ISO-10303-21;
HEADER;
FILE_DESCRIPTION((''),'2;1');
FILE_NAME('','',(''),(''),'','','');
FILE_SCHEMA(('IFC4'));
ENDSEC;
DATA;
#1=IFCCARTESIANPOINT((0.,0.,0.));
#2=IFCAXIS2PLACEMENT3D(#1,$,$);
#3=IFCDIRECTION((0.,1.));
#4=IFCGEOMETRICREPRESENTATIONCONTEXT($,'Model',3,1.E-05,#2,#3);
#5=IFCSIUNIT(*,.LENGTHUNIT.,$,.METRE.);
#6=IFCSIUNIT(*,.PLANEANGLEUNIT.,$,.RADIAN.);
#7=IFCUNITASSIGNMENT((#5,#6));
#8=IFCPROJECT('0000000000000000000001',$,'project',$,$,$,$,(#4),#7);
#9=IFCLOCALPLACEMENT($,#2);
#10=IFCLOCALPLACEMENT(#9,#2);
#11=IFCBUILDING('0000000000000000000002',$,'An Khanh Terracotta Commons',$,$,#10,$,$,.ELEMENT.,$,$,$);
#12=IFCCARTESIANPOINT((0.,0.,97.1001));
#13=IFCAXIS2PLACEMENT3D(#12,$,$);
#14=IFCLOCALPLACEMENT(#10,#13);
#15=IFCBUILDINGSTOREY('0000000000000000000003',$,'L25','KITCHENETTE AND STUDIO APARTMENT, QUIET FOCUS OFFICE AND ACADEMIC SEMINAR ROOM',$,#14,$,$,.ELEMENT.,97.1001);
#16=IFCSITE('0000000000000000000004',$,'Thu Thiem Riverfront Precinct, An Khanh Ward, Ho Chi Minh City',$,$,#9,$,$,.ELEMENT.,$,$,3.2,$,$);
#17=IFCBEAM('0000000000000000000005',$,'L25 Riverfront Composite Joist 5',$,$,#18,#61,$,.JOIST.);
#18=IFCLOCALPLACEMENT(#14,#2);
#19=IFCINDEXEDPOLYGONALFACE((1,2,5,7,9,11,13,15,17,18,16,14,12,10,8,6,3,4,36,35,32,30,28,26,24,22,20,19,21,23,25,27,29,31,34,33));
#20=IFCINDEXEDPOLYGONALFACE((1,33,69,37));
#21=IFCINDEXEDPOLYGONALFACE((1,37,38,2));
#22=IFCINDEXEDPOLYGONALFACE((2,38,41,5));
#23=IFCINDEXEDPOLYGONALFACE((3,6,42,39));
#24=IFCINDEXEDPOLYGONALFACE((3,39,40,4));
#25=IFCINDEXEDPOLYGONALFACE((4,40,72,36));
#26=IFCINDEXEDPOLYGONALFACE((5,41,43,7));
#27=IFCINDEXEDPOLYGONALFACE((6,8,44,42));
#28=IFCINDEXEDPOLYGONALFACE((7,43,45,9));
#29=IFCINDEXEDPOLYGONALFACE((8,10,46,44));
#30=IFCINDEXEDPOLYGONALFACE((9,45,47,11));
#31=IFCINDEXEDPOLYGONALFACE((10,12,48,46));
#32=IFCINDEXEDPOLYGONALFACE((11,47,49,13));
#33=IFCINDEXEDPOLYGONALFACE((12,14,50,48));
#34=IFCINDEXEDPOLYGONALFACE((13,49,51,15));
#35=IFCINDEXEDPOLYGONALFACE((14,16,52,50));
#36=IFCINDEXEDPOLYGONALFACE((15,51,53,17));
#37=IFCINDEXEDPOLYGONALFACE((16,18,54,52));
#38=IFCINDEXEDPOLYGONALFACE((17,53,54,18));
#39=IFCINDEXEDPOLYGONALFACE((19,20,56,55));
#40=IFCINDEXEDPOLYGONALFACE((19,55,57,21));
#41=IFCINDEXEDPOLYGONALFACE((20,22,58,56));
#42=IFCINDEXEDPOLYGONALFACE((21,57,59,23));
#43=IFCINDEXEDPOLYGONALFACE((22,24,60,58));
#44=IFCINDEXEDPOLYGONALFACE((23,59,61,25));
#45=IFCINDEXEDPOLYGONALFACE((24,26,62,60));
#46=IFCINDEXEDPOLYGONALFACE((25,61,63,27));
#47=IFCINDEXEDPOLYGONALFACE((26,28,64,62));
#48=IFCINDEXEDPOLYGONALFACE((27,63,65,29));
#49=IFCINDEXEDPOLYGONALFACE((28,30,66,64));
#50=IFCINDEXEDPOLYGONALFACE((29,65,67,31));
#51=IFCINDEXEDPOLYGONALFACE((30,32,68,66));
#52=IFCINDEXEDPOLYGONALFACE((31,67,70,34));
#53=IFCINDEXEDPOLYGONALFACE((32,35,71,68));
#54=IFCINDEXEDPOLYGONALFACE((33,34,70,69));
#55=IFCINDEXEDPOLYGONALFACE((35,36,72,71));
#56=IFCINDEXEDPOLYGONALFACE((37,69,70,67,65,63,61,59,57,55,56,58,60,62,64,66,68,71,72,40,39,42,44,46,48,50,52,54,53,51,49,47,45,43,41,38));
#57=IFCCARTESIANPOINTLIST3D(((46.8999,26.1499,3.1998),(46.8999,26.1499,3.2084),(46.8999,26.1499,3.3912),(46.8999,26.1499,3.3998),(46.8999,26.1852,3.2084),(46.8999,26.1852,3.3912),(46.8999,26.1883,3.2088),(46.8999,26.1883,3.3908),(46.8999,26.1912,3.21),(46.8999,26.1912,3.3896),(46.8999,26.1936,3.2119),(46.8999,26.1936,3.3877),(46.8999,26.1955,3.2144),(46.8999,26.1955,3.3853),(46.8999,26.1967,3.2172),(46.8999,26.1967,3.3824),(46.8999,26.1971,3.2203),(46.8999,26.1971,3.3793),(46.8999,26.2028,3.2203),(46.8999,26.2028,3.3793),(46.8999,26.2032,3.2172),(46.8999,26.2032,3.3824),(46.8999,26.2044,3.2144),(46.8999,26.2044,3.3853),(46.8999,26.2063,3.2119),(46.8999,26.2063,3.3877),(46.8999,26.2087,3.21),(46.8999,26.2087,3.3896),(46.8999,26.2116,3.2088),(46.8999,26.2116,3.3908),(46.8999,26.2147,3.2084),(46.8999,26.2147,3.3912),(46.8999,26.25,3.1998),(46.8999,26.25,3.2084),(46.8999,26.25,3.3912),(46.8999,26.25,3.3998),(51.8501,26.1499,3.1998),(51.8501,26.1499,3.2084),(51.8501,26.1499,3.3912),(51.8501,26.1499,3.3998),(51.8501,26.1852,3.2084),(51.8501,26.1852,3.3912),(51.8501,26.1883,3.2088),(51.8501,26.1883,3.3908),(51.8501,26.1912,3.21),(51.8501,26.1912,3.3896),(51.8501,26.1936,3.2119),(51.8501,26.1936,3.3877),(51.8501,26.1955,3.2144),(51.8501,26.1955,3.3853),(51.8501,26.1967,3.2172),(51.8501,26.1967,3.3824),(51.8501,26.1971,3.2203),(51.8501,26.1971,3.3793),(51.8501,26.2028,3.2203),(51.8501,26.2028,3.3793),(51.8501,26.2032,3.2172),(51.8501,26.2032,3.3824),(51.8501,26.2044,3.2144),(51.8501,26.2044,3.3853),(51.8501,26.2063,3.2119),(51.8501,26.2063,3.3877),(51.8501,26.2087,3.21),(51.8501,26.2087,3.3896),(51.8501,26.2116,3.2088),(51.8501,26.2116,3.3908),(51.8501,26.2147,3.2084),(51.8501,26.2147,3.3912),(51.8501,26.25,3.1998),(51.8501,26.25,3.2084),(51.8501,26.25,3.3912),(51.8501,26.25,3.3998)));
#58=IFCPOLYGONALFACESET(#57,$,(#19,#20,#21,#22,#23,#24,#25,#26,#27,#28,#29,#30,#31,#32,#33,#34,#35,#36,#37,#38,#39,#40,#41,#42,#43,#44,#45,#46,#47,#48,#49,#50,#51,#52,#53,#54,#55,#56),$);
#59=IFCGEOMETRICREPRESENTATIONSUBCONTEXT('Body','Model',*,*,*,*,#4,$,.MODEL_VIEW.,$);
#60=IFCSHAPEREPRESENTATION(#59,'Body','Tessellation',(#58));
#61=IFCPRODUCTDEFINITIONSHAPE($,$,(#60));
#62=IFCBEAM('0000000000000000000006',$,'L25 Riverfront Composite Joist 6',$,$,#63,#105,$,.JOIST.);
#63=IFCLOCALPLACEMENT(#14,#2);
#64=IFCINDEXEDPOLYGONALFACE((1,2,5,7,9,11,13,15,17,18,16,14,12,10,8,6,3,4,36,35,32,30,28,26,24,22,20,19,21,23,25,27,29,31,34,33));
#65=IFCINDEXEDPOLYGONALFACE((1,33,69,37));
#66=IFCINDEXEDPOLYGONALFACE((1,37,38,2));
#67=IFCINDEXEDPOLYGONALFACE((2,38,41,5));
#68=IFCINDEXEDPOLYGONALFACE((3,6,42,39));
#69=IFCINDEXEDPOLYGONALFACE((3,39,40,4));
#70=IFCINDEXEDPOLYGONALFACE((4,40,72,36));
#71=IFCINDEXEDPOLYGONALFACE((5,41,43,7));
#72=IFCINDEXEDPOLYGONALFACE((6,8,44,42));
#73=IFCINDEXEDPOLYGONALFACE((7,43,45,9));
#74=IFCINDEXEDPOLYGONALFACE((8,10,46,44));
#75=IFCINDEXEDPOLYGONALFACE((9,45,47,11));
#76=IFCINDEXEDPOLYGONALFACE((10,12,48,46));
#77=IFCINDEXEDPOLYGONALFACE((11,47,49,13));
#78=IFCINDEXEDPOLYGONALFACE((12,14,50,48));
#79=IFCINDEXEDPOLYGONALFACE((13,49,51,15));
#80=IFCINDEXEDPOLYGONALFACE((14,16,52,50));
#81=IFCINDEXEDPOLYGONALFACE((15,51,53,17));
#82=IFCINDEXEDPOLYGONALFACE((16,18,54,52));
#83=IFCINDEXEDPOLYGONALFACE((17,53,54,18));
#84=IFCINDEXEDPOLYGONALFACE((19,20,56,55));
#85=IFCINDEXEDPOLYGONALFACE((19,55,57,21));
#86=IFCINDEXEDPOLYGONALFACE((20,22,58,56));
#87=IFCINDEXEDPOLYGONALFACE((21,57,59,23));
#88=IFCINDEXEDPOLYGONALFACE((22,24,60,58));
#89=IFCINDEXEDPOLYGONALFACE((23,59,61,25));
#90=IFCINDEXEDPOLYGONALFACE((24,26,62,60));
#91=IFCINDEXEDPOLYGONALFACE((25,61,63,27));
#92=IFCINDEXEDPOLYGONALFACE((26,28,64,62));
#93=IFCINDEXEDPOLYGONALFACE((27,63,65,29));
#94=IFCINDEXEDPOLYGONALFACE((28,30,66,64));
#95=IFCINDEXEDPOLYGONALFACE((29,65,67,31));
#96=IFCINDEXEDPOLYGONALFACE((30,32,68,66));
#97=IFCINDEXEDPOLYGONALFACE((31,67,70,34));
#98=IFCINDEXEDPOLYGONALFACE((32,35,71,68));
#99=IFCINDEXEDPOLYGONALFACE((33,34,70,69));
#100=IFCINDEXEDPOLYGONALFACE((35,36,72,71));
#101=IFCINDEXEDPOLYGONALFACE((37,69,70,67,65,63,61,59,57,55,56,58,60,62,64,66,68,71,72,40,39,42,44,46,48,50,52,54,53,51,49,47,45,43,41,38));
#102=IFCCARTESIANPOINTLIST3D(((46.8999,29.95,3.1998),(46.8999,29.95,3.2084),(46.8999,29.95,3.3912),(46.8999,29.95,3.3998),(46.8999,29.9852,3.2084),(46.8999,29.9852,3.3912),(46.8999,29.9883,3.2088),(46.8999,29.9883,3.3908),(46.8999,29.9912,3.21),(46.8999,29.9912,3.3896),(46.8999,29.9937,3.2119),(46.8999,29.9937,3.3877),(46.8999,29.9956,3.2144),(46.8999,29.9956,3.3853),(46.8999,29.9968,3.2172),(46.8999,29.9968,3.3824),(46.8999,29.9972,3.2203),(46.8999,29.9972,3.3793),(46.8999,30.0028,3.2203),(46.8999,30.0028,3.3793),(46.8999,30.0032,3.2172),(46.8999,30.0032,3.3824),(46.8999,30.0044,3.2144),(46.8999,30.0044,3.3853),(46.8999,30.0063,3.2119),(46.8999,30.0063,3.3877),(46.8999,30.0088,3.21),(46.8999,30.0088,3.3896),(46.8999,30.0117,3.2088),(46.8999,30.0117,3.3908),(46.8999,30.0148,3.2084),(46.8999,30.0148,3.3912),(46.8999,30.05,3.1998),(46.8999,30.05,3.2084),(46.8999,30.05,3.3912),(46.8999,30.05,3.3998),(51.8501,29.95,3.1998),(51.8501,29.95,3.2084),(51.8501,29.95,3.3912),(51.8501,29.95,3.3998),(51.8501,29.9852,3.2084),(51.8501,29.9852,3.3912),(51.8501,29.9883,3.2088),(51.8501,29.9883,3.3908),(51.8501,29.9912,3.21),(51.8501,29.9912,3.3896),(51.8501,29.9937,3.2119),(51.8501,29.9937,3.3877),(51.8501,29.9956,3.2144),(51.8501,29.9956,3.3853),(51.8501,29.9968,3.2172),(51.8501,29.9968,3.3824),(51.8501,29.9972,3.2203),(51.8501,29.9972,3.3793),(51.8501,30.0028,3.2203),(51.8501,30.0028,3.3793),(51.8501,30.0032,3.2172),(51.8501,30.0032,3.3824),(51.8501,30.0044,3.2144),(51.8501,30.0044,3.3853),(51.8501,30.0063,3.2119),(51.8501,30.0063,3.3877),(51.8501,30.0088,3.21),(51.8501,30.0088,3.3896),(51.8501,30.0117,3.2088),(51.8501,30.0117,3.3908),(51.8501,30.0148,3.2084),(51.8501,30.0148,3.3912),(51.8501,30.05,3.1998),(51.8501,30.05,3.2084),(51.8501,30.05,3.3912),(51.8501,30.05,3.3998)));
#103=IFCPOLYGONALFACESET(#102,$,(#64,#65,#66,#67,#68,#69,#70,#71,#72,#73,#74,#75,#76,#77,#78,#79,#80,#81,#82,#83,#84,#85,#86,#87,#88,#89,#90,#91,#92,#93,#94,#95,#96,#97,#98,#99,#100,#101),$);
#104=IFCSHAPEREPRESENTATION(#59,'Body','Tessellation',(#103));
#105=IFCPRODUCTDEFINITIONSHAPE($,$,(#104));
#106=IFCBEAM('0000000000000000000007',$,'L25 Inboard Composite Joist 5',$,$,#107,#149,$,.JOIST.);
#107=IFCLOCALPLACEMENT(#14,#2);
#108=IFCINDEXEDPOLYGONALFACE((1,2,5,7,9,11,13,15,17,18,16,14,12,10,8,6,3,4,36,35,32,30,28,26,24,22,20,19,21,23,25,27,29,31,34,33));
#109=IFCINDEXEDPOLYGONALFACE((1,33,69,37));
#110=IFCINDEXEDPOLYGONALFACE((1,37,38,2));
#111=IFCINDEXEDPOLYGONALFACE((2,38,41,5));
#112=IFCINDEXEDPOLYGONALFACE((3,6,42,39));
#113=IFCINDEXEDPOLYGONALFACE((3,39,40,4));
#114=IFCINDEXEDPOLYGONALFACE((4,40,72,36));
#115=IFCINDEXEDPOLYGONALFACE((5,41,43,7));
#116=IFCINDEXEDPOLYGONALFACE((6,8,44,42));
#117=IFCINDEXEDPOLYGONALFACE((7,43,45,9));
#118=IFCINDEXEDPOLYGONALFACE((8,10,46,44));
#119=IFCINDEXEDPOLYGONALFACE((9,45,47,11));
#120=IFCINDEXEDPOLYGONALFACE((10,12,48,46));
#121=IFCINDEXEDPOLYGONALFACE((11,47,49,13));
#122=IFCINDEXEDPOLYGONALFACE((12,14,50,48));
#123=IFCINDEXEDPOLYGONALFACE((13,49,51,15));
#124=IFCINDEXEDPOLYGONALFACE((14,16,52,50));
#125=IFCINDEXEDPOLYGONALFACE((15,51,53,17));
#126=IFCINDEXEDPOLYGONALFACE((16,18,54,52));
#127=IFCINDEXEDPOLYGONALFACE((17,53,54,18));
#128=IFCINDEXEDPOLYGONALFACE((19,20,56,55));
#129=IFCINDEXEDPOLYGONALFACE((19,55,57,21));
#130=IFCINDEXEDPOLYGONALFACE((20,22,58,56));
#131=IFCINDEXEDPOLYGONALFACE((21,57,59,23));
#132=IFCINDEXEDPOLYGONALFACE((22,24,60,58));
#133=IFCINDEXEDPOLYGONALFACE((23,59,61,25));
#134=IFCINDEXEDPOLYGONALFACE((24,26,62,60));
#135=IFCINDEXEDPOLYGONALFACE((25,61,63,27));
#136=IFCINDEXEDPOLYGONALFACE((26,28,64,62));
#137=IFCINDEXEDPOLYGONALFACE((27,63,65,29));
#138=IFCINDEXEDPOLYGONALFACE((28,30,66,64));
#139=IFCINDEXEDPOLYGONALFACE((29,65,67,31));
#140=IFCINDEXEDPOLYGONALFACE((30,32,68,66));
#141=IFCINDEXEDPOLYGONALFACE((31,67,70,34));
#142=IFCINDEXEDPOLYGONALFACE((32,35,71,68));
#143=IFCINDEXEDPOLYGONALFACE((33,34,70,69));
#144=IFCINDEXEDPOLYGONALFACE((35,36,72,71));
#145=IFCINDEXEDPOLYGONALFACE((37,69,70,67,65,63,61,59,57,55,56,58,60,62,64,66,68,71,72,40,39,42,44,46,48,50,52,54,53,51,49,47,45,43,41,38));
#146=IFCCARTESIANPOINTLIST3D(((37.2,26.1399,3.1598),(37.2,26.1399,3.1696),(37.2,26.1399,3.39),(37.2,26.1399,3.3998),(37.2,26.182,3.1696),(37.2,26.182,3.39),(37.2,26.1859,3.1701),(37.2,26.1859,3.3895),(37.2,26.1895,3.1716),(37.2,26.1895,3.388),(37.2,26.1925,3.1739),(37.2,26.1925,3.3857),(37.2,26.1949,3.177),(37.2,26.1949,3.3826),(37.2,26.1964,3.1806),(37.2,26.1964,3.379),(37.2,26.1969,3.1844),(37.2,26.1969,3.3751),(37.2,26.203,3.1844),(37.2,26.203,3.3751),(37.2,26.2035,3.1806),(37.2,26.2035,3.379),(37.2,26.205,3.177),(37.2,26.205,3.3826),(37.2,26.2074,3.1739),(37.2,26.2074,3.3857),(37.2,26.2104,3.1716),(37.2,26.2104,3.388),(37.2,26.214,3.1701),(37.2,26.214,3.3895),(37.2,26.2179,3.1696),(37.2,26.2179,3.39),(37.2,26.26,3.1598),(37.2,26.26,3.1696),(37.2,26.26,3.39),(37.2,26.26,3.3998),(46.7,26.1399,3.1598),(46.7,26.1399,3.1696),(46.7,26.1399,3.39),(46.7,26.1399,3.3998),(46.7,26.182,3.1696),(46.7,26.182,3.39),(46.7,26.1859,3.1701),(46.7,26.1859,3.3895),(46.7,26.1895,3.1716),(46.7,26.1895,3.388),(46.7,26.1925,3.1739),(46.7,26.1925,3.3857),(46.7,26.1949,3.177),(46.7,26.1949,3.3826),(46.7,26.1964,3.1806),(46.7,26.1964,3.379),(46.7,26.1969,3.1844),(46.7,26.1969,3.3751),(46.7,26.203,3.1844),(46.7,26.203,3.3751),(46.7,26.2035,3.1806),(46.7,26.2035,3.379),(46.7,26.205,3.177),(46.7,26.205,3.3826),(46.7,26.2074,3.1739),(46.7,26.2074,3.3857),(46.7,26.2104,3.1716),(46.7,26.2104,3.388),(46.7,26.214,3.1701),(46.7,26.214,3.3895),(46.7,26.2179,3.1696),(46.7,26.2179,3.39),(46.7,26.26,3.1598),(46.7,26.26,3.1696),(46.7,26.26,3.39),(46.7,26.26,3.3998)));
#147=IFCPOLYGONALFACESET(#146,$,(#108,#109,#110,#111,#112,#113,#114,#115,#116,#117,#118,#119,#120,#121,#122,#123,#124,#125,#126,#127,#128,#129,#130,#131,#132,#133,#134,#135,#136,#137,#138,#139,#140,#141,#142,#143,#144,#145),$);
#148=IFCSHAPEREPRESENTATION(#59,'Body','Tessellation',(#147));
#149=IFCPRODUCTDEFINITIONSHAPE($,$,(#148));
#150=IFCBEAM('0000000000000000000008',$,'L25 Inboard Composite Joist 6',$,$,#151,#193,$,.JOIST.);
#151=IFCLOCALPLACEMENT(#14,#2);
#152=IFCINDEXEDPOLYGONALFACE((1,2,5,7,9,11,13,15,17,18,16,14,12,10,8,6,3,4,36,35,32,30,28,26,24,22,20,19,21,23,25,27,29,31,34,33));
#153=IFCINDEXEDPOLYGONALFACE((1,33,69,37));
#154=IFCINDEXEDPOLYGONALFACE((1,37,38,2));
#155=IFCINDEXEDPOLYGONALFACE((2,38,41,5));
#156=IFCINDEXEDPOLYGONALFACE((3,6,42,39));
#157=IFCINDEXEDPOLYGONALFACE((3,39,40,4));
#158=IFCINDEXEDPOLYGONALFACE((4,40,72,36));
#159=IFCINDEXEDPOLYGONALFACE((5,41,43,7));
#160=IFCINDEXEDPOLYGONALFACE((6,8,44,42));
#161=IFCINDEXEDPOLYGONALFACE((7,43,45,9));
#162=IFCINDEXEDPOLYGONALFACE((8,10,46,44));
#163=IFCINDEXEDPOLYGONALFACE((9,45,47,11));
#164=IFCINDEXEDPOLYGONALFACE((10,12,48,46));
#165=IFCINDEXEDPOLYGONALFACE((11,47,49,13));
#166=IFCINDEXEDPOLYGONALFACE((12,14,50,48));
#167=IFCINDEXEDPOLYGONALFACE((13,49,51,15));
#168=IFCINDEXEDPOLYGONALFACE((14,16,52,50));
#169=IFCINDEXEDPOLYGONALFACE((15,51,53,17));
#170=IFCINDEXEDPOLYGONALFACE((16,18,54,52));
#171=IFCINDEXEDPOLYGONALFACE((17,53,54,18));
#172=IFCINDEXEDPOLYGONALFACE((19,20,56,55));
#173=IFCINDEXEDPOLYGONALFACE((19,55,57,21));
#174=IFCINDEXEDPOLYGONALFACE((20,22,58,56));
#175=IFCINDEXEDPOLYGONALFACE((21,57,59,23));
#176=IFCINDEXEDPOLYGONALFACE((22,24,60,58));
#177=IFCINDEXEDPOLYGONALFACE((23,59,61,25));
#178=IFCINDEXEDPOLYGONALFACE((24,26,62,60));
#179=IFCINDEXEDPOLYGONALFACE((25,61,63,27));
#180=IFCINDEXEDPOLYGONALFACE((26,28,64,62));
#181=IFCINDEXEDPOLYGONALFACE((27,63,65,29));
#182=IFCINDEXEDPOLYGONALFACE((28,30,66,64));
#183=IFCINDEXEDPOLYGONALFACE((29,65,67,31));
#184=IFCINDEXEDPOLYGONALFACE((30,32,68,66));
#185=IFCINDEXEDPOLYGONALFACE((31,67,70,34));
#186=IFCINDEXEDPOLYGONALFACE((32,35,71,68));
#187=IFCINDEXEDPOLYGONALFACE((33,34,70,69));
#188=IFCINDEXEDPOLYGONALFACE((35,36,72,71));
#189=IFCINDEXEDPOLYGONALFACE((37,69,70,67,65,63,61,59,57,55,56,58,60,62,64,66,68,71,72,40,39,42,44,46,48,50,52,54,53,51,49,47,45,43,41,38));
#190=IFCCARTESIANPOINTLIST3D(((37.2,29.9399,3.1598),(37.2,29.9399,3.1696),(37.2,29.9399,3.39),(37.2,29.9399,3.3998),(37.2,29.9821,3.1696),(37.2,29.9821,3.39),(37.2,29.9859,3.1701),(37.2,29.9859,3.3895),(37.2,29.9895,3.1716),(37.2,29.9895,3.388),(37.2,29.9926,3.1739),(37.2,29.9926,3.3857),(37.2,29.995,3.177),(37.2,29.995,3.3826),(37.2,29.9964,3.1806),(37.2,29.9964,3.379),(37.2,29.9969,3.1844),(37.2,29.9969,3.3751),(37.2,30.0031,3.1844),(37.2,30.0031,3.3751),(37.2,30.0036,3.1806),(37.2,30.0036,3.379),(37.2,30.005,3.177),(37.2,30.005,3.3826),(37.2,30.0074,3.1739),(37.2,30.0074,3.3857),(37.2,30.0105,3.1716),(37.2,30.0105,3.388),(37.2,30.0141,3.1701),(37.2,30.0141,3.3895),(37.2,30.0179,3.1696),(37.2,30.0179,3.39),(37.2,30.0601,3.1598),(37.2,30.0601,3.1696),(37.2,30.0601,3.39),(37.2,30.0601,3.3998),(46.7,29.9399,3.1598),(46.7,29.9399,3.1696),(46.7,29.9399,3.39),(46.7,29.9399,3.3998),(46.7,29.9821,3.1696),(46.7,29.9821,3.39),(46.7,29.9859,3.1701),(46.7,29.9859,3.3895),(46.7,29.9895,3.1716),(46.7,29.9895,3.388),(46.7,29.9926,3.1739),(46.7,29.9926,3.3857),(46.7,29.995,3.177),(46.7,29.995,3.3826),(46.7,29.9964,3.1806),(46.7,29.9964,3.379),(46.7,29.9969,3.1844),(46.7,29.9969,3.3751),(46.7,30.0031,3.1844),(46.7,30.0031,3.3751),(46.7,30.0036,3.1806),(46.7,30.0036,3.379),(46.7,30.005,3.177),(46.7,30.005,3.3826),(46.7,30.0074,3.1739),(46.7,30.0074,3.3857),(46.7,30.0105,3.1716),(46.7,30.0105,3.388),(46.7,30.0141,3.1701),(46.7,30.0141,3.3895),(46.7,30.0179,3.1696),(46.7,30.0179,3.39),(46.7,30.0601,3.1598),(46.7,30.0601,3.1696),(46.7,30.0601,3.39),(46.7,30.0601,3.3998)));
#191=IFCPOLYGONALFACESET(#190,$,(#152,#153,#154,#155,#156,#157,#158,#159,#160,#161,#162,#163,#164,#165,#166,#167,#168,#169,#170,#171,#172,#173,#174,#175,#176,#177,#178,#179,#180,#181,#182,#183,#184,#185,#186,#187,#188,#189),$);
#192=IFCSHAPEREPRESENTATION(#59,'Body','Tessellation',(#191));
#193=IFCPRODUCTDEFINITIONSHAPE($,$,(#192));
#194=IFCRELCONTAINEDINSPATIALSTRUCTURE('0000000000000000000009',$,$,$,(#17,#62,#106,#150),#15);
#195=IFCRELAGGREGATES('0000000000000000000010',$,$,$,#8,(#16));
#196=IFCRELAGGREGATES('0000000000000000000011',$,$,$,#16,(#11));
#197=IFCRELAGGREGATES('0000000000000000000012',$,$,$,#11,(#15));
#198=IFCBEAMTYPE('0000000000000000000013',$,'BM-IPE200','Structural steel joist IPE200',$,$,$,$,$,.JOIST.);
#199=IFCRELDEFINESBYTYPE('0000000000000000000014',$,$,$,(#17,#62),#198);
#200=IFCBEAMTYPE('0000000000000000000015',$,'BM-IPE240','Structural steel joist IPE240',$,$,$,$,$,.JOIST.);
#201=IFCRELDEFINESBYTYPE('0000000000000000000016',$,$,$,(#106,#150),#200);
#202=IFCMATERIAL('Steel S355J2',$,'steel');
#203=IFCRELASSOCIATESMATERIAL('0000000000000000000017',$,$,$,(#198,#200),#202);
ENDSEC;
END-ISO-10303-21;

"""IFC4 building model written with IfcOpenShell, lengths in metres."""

from ifc_helpers import new_model, si_unit, direction, frame, origin, origin_2d, place, context, subcontext, project, spatial, i_section, extrude, material, material_profile, profile_set, type_object, element, save


model = new_model("IFC4")

# Units and contexts
model_context = context("Model", 3, precision=1e-05, world=origin(), true_north=direction((0.0, 1.0)))
body_context = subcontext(model_context, "Body", "Model", "MODEL_VIEW")
ifc_project = project(units=[si_unit("LENGTHUNIT", "METRE"), si_unit("PLANEANGLEUNIT", "RADIAN")], contexts=[model_context])

# Site, building, storey
site_placement = place(None, origin())
site = spatial("IfcSite", under=ifc_project, at=site_placement, Name="Thu Thiem Riverfront Precinct, An Khanh Ward, Ho Chi Minh City", CompositionType="ELEMENT", RefElevation=3.2)
building_placement = place(site_placement, origin())
building = spatial("IfcBuilding", under=site, at=building_placement, Name="An Khanh Terracotta Commons", CompositionType="ELEMENT")
storey_placement = place(building_placement, frame((0.0, 0.0, 97.1001)))
storey = spatial("IfcBuildingStorey", under=building, at=storey_placement, Name="L25", Description="KITCHENETTE AND STUDIO APARTMENT, QUIET FOCUS OFFICE AND ACADEMIC SEMINAR ROOM", CompositionType="ELEMENT", Elevation=97.1001)

# Beams
ifc_material_1 = material(Name="Steel S355J2", Category="steel")
ifc_material_profile_1 = material_profile(ifc_material_1, i_section(OverallWidth=0.1001, OverallDepth=0.2, WebThickness=0.0056, FlangeThickness=0.0085, FilletRadius=0.012, at=origin_2d()), Name="IPE200")
ifc_profile_set_1 = profile_set([ifc_material_profile_1], Name="Steel S355J2")
beam_type_1 = type_object("IfcBeamType", Name="BM-IPE200", Description="Structural steel joist IPE200", PredefinedType="JOIST", material=ifc_profile_set_1)
for number, where, z_axis, x_axis, name in (
    (1, (46.8999, 26.2, 3.2998), (1.0, 0.0, 0.0), (0.0, 1.0, 0.0), "L25 Riverfront Composite Joist 5"),
    (2, (46.8999, 30.0, 3.2998), (1.0, 0.0, 0.0), (0.0, 1.0, 0.0), "L25 Riverfront Composite Joist 6"),
):
    element("IfcBeam", number, at=place(storey_placement, frame(where, z_axis=z_axis, x_axis=x_axis)), inside=storey, type_object=beam_type_1, Name=name, PredefinedType="JOIST", context=body_context, shape_type="SweptSolid", body=[
        extrude(i_section(OverallWidth=0.1001, OverallDepth=0.2, WebThickness=0.0056, FlangeThickness=0.0085, FilletRadius=0.012, at=origin_2d()), origin(), (0.0, 0.0, 1.0), 4.9502),
    ])
ifc_material_profile_2 = material_profile(ifc_material_1, i_section(OverallWidth=0.1201, OverallDepth=0.24, WebThickness=0.0061, FlangeThickness=0.0098, FilletRadius=0.0149, at=origin_2d()), Name="IPE240")
ifc_profile_set_2 = profile_set([ifc_material_profile_2], Name="Steel S355J2")
beam_type_2 = type_object("IfcBeamType", Name="BM-IPE240", Description="Structural steel joist IPE240", PredefinedType="JOIST", material=ifc_profile_set_2)
for number, where, z_axis, x_axis, name in (
    (3, (37.2, 26.2, 3.2798), (1.0, 0.0, 0.0), (0.0, 1.0, 0.0), "L25 Inboard Composite Joist 5"),
    (4, (37.2, 30.0, 3.2798), (1.0, 0.0, 0.0), (0.0, 1.0, 0.0), "L25 Inboard Composite Joist 6"),
):
    element("IfcBeam", number, at=place(storey_placement, frame(where, z_axis=z_axis, x_axis=x_axis)), inside=storey, type_object=beam_type_2, Name=name, PredefinedType="JOIST", context=body_context, shape_type="SweptSolid", body=[
        extrude(i_section(OverallWidth=0.1201, OverallDepth=0.24, WebThickness=0.0061, FlangeThickness=0.0098, FilletRadius=0.0149, at=origin_2d()), origin(), (0.0, 0.0, 1.0), 9.5),
    ])

save(model, "model.ifc")
